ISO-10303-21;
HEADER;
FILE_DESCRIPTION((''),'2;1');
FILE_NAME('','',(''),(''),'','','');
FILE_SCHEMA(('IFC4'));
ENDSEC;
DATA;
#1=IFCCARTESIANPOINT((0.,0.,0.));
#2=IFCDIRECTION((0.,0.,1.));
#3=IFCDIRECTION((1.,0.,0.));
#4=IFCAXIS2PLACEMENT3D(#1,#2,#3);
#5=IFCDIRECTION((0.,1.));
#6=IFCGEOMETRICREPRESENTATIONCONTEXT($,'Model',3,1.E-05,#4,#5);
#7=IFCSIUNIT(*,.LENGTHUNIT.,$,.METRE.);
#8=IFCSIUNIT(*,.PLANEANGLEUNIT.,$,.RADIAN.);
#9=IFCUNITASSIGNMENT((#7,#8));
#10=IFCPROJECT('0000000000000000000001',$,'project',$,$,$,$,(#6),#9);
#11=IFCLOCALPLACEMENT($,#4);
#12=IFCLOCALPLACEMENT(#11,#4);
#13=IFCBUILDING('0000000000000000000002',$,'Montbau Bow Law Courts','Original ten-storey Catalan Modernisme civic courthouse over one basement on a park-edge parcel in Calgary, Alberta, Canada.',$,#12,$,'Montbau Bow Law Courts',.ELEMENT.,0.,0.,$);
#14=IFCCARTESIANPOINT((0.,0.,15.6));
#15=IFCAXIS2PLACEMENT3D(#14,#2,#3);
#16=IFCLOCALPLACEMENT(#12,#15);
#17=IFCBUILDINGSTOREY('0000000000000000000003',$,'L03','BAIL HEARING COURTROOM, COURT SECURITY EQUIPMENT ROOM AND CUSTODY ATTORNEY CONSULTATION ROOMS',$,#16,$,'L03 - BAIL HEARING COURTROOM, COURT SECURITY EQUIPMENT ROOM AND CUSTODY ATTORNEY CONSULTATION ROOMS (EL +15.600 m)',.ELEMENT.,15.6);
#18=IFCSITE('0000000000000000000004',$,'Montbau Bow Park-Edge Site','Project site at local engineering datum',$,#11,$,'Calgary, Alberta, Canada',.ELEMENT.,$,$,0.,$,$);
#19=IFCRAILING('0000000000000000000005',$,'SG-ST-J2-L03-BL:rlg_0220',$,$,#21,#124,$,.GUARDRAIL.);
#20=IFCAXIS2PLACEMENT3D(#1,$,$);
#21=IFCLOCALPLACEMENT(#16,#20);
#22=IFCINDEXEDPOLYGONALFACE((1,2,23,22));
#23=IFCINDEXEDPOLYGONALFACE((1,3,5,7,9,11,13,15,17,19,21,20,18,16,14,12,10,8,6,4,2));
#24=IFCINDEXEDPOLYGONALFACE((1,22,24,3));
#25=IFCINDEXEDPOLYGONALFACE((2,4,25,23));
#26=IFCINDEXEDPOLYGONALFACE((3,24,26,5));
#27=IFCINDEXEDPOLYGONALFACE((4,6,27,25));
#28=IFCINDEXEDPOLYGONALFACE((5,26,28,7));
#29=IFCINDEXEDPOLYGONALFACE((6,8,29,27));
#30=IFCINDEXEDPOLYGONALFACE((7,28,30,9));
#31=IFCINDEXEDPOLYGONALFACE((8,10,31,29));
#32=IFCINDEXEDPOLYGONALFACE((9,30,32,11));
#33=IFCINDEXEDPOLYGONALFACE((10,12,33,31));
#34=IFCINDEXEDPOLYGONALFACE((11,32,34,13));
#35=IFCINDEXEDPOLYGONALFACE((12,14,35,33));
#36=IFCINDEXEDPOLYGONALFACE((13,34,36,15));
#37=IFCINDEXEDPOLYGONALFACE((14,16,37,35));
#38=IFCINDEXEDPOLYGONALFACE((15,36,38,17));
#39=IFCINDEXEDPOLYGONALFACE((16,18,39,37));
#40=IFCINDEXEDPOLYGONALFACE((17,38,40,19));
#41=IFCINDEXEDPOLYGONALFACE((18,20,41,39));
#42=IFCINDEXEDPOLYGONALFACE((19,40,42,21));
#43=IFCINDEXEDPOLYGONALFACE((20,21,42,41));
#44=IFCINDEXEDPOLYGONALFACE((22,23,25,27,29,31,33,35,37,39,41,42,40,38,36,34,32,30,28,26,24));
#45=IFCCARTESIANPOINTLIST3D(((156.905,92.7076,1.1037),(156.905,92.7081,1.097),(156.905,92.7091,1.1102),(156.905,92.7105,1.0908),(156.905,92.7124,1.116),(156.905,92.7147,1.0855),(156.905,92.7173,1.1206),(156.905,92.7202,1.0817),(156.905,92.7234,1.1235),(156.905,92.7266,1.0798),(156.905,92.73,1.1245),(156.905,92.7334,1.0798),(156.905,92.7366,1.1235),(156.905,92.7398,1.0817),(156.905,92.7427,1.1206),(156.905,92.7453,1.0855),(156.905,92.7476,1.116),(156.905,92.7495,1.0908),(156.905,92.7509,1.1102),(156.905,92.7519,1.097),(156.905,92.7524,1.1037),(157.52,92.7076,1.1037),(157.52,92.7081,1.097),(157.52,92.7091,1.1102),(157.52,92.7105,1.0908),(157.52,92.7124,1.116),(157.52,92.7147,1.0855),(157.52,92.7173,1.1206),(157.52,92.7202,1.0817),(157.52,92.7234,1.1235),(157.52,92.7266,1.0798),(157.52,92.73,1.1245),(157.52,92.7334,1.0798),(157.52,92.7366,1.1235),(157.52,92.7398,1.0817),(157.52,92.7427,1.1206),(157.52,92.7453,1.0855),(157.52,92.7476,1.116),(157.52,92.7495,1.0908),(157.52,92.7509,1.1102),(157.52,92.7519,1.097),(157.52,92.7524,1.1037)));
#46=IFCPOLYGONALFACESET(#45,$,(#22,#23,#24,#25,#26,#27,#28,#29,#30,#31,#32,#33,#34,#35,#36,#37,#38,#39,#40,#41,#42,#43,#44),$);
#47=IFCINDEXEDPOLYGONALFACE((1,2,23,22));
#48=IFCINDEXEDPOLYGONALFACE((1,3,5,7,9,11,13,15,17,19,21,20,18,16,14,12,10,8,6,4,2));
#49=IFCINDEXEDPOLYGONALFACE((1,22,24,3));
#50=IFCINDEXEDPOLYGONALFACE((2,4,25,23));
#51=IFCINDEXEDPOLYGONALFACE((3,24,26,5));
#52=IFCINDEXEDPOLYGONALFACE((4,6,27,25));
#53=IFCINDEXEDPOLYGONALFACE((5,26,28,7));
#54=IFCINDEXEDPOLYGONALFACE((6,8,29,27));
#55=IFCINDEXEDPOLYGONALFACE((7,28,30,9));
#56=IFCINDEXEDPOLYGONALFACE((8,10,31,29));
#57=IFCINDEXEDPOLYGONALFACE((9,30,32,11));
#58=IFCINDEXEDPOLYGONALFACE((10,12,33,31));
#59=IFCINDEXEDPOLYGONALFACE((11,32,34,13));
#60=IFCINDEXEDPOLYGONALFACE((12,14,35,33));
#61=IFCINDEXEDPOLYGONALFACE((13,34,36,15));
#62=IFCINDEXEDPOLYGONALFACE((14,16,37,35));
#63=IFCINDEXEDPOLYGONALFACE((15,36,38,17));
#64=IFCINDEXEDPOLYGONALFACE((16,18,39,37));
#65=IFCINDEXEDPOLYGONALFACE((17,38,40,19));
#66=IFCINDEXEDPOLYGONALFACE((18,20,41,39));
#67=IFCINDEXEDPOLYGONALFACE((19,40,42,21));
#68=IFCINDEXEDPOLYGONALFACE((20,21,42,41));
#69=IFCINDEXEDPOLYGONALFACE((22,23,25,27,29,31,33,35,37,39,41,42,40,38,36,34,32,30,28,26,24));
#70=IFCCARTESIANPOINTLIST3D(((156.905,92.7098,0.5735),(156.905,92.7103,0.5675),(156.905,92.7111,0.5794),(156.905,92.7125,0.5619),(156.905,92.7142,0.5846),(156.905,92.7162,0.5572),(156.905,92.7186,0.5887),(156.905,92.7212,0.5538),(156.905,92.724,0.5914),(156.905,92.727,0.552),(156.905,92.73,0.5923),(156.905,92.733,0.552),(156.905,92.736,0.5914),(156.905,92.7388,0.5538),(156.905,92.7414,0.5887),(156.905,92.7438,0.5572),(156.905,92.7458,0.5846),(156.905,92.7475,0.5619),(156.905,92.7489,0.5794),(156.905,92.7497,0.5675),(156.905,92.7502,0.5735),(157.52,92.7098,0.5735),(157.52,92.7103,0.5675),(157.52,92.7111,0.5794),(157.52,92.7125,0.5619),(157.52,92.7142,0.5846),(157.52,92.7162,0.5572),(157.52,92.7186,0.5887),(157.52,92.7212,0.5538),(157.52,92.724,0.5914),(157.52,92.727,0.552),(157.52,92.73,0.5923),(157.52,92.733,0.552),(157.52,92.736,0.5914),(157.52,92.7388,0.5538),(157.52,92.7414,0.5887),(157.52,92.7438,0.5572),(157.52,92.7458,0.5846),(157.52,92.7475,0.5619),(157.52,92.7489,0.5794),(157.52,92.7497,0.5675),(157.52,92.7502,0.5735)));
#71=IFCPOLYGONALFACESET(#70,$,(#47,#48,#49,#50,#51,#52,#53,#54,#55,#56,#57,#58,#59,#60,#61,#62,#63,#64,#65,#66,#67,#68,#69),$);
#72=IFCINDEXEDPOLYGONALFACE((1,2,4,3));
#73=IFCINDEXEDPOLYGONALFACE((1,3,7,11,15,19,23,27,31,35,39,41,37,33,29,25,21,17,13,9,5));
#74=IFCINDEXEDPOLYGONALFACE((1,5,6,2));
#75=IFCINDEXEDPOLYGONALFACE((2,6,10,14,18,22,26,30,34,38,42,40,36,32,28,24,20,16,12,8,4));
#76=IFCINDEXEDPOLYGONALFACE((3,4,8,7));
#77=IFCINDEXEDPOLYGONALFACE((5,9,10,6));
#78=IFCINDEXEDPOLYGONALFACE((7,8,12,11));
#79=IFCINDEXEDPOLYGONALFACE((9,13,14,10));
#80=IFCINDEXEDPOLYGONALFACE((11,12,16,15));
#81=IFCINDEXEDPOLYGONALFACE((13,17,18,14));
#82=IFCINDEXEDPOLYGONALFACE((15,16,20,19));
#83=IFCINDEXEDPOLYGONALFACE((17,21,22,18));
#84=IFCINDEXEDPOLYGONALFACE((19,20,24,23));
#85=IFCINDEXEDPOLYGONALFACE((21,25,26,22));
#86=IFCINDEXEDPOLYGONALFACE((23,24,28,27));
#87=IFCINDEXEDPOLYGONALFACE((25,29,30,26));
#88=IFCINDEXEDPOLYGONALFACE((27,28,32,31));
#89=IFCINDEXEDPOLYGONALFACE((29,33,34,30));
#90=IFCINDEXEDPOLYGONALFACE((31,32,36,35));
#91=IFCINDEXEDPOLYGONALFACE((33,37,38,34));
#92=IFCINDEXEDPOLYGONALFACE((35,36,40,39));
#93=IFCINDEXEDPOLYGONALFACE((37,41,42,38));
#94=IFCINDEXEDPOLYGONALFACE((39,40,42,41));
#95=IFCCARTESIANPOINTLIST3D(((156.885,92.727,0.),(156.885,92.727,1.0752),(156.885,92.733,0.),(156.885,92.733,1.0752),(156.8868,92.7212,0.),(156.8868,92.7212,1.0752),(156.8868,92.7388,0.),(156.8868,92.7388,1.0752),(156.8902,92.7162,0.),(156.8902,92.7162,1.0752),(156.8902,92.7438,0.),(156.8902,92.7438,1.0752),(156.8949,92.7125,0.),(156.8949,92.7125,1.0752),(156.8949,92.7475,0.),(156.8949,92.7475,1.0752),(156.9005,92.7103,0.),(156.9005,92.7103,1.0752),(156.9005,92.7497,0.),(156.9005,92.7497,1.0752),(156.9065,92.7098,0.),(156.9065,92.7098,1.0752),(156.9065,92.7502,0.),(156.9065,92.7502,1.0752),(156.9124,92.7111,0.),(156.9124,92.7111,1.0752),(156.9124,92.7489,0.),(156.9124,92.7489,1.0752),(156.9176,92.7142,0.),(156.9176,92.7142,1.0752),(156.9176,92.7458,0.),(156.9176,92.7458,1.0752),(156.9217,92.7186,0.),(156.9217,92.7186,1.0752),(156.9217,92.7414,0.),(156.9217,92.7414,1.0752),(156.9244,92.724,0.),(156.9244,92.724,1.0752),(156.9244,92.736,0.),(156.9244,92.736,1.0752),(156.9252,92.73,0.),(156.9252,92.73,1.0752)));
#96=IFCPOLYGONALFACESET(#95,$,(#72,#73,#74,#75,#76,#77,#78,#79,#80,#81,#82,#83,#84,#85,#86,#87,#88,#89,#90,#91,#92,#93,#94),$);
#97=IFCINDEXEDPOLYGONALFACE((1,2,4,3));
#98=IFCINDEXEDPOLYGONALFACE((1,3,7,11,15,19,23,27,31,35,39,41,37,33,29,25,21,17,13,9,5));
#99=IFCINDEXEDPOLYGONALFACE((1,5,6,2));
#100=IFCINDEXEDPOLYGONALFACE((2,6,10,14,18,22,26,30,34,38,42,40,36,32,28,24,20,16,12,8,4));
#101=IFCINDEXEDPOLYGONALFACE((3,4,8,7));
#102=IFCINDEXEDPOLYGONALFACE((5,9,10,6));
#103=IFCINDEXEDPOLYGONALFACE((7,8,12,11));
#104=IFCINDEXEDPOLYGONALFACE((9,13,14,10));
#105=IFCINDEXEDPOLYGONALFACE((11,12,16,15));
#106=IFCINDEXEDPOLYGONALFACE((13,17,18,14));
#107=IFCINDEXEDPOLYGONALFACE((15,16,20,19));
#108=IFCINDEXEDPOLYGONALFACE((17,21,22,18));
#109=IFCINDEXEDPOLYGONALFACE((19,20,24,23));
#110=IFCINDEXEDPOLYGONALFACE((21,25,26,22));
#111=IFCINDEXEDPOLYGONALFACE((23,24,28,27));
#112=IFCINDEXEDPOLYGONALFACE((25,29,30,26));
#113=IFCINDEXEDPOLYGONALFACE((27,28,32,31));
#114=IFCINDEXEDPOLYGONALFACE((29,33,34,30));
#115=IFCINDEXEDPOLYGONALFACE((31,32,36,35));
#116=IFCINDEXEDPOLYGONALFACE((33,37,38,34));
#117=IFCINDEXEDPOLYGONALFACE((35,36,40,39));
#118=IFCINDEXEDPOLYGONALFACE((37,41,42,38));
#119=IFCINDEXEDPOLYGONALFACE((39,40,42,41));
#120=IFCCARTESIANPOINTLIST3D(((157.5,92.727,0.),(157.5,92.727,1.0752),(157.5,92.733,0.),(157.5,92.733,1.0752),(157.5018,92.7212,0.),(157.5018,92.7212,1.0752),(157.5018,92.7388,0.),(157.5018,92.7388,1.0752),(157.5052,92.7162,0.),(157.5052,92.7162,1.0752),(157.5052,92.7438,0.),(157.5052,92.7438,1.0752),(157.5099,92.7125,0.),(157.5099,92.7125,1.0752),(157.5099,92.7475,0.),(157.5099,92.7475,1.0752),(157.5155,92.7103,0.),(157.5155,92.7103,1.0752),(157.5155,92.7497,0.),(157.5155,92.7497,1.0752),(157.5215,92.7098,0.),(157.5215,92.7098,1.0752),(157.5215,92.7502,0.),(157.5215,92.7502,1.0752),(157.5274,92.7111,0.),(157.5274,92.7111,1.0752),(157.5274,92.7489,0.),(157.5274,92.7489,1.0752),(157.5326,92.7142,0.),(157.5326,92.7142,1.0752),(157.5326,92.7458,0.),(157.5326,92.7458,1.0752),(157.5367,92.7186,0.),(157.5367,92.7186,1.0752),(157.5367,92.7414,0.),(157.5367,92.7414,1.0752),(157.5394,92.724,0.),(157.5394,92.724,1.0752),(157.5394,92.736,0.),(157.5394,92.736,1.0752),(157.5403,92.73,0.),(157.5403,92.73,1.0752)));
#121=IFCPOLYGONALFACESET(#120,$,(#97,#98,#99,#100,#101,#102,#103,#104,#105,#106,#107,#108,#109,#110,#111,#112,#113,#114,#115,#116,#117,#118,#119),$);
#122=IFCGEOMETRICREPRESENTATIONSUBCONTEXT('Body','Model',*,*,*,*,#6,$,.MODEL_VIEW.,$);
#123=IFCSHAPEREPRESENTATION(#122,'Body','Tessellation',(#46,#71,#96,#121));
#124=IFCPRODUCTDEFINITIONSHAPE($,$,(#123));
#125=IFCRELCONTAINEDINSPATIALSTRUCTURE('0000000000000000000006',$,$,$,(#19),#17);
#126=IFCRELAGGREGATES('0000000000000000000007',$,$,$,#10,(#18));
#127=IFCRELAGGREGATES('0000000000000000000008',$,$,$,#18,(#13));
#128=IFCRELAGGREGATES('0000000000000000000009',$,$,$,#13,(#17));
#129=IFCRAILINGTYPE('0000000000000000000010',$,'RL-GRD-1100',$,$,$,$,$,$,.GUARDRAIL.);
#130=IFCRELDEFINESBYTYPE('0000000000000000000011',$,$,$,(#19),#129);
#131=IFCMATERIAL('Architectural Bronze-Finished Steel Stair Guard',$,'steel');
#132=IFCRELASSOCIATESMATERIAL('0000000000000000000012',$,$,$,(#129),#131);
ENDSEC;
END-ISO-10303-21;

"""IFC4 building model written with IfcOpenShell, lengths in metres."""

from ifc_helpers import new_model, si_unit, direction, frame, origin_with_axes, origin_2d_with_axis, place, context, subcontext, project, spatial, circle, extrude, material, type_object, element, save


model = new_model("IFC4")

# Units and contexts
model_context = context("Model", 3, precision=1e-05, world=origin_with_axes(), true_north=direction((0.0, 1.0)))
body_context = subcontext(model_context, "Body", "Model", "MODEL_VIEW")
ifc_project = project(units=[si_unit("LENGTHUNIT", "METRE"), si_unit("PLANEANGLEUNIT", "RADIAN")], contexts=[model_context])

# Site, building, storey
site_placement = place(None, origin_with_axes())
site = spatial("IfcSite", under=ifc_project, at=site_placement, Name="Montbau Bow Park-Edge Site", Description="Project site at local engineering datum", LongName="Calgary, Alberta, Canada", CompositionType="ELEMENT", RefElevation=0.0)
building_placement = place(site_placement, origin_with_axes())
building = spatial("IfcBuilding", under=site, at=building_placement, Name="Montbau Bow Law Courts", Description="Original ten-storey Catalan Modernisme civic courthouse over one basement on a park-edge parcel in Calgary, Alberta, Canada.", LongName="Montbau Bow Law Courts", CompositionType="ELEMENT", ElevationOfRefHeight=0.0, ElevationOfTerrain=0.0)
storey_placement = place(building_placement, frame((0.0, 0.0, 15.6), z_axis=(0.0, 0.0, 1.0), x_axis=(1.0, 0.0, 0.0)))
storey = spatial("IfcBuildingStorey", under=building, at=storey_placement, Name="L03", Description="BAIL HEARING COURTROOM, COURT SECURITY EQUIPMENT ROOM AND CUSTODY ATTORNEY CONSULTATION ROOMS", LongName="L03 - BAIL HEARING COURTROOM, COURT SECURITY EQUIPMENT ROOM AND CUSTODY ATTORNEY CONSULTATION ROOMS (EL +15.600 m)", CompositionType="ELEMENT", Elevation=15.6)

# Railing
ifc_material_1 = material(Name="Architectural Bronze-Finished Steel Stair Guard", Category="steel")
railing_type_1 = type_object("IfcRailingType", Name="RL-GRD-1100", PredefinedType="GUARDRAIL", material=ifc_material_1)
railing_1_placement = place(None, origin_with_axes())
element("IfcRailing", 1, at=railing_1_placement, inside=storey, type_object=railing_type_1, Name="SG-ST-J2-L03-BL:rlg_0220", PredefinedType="GUARDRAIL", context=body_context, shape_type="SweptSolid", body=[
    extrude(circle(Radius=0.0225, at=origin_2d_with_axis()), frame((156.905, 92.73, 16.702), z_axis=(1.0, 0.0, 0.0), x_axis=(0.0, 0.0, 1.0)), (0.0, 0.0, 1.0), 0.615),
    extrude(circle(Radius=0.0203, at=origin_2d_with_axis()), frame((156.905, 92.73, 16.172), z_axis=(1.0, 0.0, 0.0), x_axis=(0.0, 0.0, 1.0)), (0.0, 0.0, 1.0), 0.615),
    extrude(circle(Radius=0.0203, at=origin_2d_with_axis()), frame((156.905, 92.73, 15.6), z_axis=(0.0, 0.0, 1.0), x_axis=(1.0, 0.0, 0.0)), (0.0, 0.0, 1.0), 1.0753),
    extrude(circle(Radius=0.0203, at=origin_2d_with_axis()), frame((157.52, 92.73, 15.6), z_axis=(0.0, 0.0, 1.0), x_axis=(1.0, 0.0, 0.0)), (0.0, 0.0, 1.0), 1.0753),
])

save(model, "model.ifc")
